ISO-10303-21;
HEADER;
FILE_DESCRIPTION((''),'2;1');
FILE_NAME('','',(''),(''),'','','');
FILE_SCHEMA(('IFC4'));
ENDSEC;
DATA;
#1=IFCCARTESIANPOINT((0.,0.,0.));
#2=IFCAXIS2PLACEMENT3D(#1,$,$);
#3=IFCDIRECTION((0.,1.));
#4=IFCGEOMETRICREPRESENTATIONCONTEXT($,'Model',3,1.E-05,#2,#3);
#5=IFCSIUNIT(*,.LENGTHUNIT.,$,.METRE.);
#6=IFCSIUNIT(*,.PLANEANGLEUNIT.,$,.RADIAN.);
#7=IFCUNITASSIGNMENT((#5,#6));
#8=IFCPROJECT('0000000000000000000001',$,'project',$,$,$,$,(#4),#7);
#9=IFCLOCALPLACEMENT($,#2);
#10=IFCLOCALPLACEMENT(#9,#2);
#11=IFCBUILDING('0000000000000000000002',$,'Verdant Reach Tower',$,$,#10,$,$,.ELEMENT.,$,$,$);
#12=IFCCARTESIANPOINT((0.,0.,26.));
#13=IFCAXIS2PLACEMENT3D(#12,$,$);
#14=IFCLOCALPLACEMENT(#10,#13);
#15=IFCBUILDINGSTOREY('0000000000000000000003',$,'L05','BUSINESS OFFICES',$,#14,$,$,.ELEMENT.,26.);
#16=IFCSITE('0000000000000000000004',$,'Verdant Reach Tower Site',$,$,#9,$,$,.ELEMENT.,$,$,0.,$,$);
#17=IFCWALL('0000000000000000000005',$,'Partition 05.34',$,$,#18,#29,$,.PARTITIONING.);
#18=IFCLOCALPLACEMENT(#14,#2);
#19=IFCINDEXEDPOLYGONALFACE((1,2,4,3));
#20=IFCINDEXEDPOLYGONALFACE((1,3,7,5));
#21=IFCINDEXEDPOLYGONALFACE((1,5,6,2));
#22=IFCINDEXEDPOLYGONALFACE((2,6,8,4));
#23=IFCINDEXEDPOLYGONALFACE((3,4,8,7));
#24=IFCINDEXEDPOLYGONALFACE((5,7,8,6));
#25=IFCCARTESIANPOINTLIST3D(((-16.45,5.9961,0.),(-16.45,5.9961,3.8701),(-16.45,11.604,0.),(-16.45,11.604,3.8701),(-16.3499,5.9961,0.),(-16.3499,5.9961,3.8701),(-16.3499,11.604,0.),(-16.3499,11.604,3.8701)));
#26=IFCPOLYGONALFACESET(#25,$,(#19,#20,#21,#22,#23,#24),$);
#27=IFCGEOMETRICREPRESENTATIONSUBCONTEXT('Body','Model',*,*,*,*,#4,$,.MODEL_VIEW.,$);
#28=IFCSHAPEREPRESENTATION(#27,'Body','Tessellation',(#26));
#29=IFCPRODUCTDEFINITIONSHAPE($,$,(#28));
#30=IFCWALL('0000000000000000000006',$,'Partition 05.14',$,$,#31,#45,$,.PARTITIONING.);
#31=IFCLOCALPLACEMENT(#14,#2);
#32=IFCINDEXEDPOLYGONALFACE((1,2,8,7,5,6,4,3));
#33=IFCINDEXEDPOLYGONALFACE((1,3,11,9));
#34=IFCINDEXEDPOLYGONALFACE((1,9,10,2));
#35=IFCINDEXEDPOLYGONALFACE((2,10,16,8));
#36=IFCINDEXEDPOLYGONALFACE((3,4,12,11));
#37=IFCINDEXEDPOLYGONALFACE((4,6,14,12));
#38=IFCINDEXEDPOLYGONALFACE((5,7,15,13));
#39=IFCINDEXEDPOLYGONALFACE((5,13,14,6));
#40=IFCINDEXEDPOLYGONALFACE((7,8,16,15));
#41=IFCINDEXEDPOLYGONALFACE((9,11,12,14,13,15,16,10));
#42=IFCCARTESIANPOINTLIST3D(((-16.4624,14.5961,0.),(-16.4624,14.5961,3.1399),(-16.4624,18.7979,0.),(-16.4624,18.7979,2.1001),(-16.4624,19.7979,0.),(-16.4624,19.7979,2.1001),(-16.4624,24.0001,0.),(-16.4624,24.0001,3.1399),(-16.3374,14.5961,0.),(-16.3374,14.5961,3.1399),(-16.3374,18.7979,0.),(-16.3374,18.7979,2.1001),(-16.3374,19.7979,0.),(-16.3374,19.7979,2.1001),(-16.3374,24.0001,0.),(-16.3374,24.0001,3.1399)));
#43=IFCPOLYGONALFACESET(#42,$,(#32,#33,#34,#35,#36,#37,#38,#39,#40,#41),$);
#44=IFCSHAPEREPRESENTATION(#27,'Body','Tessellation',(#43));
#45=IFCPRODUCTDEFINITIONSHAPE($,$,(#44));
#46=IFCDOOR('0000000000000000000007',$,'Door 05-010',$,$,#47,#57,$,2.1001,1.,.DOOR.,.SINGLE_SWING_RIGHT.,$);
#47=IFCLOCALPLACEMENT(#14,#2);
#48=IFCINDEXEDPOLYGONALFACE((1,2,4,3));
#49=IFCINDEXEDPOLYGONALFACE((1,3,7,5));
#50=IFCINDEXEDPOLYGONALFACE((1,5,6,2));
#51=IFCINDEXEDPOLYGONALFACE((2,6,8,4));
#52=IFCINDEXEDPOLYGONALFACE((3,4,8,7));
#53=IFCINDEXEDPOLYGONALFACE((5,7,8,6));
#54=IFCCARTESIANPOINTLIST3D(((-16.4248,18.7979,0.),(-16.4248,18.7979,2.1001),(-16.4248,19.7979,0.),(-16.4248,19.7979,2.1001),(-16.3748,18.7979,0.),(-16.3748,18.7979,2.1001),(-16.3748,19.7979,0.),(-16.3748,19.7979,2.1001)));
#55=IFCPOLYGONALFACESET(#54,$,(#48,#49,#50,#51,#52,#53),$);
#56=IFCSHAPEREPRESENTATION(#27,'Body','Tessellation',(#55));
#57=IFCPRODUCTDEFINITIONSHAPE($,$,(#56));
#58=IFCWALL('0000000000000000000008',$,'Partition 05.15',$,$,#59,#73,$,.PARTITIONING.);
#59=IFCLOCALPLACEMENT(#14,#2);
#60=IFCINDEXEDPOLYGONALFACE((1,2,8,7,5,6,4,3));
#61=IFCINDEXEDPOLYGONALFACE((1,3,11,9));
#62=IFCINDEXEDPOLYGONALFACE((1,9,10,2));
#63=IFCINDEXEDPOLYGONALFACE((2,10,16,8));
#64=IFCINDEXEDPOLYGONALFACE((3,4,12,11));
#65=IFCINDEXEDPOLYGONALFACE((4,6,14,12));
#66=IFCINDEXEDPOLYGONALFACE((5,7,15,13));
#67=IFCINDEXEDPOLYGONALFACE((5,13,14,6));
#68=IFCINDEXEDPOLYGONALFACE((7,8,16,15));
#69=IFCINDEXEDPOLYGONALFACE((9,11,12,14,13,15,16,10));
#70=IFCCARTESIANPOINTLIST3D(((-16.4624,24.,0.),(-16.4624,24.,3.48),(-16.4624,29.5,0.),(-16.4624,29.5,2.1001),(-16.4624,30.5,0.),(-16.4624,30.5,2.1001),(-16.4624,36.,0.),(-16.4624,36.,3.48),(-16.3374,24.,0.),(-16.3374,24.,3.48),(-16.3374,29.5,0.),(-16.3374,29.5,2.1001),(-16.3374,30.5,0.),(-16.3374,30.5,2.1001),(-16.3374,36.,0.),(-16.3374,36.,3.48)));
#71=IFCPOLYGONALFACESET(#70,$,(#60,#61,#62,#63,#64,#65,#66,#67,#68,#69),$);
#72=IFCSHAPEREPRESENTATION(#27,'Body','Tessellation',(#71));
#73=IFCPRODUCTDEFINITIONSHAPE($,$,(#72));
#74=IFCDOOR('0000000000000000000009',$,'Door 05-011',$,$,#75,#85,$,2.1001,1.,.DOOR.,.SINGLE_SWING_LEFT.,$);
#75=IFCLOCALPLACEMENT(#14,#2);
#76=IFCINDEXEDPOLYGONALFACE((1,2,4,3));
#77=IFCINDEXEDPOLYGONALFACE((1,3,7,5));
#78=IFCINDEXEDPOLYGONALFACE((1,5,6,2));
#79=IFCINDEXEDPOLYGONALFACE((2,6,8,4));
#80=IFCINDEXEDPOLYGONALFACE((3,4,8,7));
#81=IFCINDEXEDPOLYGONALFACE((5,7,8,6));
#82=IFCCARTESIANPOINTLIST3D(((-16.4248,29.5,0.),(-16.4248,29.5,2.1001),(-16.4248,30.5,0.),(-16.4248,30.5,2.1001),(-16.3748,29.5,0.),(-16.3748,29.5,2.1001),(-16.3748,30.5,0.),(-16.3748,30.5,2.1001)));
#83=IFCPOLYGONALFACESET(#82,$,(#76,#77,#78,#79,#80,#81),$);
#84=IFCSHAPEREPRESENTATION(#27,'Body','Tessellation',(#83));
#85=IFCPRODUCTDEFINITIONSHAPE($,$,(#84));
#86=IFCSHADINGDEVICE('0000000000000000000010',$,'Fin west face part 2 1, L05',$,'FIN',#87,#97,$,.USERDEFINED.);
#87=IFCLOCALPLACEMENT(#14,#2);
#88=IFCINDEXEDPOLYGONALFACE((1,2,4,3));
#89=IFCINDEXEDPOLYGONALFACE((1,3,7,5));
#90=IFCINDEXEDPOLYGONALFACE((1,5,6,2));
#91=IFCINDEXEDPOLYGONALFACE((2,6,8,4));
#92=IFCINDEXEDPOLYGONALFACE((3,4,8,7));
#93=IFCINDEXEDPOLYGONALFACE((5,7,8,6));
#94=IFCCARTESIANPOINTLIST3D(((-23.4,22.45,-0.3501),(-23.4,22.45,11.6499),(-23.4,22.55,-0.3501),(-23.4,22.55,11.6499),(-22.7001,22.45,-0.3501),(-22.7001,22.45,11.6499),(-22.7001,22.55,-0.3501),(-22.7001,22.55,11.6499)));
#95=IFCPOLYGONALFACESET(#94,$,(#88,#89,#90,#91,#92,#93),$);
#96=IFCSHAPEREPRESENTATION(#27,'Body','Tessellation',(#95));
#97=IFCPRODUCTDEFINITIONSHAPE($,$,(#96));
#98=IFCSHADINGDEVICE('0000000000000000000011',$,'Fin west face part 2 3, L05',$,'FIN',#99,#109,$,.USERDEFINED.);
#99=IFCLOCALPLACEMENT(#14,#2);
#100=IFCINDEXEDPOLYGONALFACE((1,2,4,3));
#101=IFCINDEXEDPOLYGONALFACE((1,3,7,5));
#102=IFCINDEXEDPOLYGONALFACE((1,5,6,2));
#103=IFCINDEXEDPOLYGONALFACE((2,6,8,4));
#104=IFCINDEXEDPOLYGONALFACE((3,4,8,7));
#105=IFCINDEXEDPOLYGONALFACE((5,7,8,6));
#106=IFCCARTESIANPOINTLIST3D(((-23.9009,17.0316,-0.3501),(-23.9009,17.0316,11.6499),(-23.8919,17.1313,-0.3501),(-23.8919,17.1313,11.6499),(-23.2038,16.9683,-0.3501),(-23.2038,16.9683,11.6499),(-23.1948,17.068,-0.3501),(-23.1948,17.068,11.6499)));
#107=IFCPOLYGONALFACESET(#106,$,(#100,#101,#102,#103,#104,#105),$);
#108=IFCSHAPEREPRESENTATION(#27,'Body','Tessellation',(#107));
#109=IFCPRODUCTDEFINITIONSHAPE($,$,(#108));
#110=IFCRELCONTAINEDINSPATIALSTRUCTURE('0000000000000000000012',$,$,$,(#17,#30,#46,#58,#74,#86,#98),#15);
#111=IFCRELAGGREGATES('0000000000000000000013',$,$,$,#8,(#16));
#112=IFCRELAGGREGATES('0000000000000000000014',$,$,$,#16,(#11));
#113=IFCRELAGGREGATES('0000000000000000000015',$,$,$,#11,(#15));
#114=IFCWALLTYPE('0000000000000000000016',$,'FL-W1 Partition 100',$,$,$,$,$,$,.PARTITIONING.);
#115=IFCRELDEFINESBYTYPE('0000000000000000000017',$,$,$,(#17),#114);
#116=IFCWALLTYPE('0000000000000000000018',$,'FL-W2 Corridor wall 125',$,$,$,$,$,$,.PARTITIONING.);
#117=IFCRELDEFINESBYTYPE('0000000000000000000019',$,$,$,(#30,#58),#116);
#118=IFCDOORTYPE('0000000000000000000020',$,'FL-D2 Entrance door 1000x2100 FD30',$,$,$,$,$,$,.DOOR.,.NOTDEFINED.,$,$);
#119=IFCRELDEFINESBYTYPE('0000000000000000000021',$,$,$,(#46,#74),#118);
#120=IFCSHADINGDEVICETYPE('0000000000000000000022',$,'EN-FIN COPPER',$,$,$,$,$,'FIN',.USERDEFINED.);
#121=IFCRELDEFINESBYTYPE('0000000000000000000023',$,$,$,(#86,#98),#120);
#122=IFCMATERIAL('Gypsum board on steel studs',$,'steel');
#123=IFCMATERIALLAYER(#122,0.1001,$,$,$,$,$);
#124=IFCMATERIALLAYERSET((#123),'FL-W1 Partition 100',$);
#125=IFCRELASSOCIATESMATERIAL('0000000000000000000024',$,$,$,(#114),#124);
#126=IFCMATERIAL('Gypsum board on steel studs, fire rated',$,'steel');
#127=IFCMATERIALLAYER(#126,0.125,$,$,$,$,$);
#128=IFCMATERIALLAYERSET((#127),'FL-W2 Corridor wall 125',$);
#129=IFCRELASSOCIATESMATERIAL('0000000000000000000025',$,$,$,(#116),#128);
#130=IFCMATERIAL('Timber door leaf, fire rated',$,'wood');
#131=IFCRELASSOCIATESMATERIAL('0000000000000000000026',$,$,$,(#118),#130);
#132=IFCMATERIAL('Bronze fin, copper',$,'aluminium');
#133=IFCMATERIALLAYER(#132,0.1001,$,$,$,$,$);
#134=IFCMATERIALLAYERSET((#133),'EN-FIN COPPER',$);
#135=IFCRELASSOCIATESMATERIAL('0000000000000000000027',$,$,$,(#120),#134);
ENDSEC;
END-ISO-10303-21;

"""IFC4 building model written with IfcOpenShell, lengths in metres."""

from ifc_helpers import new_model, si_unit, direction, frame, frame_2d, origin, origin_2d, place, context, subcontext, project, spatial, rectangle, extrude, material, layer, layer_set, type_object, element, fill, save


model = new_model("IFC4")

# Units and contexts
model_context = context("Model", 3, precision=1e-05, world=origin(), true_north=direction((0.0, 1.0)))
body_context = subcontext(model_context, "Body", "Model", "MODEL_VIEW")
ifc_project = project(units=[si_unit("LENGTHUNIT", "METRE"), si_unit("PLANEANGLEUNIT", "RADIAN")], contexts=[model_context])

# Site, building, storey
site_placement = place(None, origin())
site = spatial("IfcSite", under=ifc_project, at=site_placement, Name="Verdant Reach Tower Site", CompositionType="ELEMENT", RefElevation=0.0)
building_placement = place(site_placement, origin())
building = spatial("IfcBuilding", under=site, at=building_placement, Name="Verdant Reach Tower", CompositionType="ELEMENT")
storey_placement = place(building_placement, frame((0.0, 0.0, 26.0)))
storey = spatial("IfcBuildingStorey", under=building, at=storey_placement, Name="L05", Description="BUSINESS OFFICES", CompositionType="ELEMENT", Elevation=26.0)

# Wall
ifc_material_1 = material(Name="Gypsum board on steel studs", Category="steel")
ifc_layer_1 = layer(ifc_material_1, 0.1001)
ifc_layer_set_1 = layer_set([ifc_layer_1], Name="FL-W1 Partition 100")
wall_type_1 = type_object("IfcWallType", Name="FL-W1 Partition 100", PredefinedType="PARTITIONING", material=ifc_layer_set_1)
wall_1_placement = place(storey_placement, frame((-16.3999, 11.604, 0.0), z_axis=(0.0, 0.0, 1.0), x_axis=(0.0, -1.0, 0.0)))
element("IfcWall", 1, at=wall_1_placement, inside=storey, type_object=wall_type_1, Name="Partition 05.34", PredefinedType="PARTITIONING", context=body_context, shape_type="SweptSolid", body=[
    extrude(rectangle(XDim=5.6079, YDim=0.1001, at=frame_2d((2.804, 0.0))), origin(), (0.0, 0.0, 1.0), 3.8701),
])

# Walls, openings, doors
ifc_material_2 = material(Name="Gypsum board on steel studs, fire rated", Category="steel")
ifc_layer_2 = layer(ifc_material_2, 0.125)
ifc_layer_set_2 = layer_set([ifc_layer_2], Name="FL-W2 Corridor wall 125")
wall_type_2 = type_object("IfcWallType", Name="FL-W2 Corridor wall 125", PredefinedType="PARTITIONING", material=ifc_layer_set_2)
wall_2_placement = place(storey_placement, frame((-16.3999, 14.5959, 0.0), z_axis=(0.0, 0.0, 1.0), x_axis=(0.0, 1.0, 0.0)))
wall_2 = element("IfcWall", 2, at=wall_2_placement, inside=storey, type_object=wall_type_2, Name="Partition 05.14", PredefinedType="PARTITIONING", context=body_context, shape_type="SweptSolid", body=[
    extrude(rectangle(XDim=9.4041, YDim=0.125, at=frame_2d((4.7021, 0.0))), origin(), (0.0, 0.0, 1.0), 3.1399),
])
opening_1_placement = place(wall_2_placement, frame((4.2019, 0.0, 0.0)))
opening_1 = element("IfcOpeningElement", 3, at=opening_1_placement, cuts=wall_2, PredefinedType="OPENING", context=body_context, shape_type="SweptSolid", body=[
    extrude(rectangle(XDim=1.0, YDim=2.1001, at=frame_2d((0.5, 1.05))), frame((0.0, 0.0725, 0.0), z_axis=(0.0, -1.0, 0.0), x_axis=(1.0, 0.0, 0.0)), (0.0, 0.0, 1.0), 0.145),
])
ifc_material_3 = material(Name="Timber door leaf, fire rated", Category="wood")
door_type = type_object("IfcDoorType", Name="FL-D2 Entrance door 1000x2100 FD30", OperationType="NOTDEFINED", PredefinedType="DOOR", material=ifc_material_3)
door_1_placement = place(opening_1_placement, origin())
door_1 = element("IfcDoor", 4, at=door_1_placement, inside=storey, type_object=door_type, Name="Door 05-010", OperationType="SINGLE_SWING_RIGHT", OverallHeight=2.1001, OverallWidth=1.0, PredefinedType="DOOR", context=body_context, shape_type="SweptSolid", body=[
    extrude(rectangle(XDim=1.0, YDim=2.1001, at=frame_2d((0.5, 1.05))), frame((0.0, 0.0249, 0.0), z_axis=(0.0, -1.0, 0.0), x_axis=(1.0, 0.0, 0.0)), (0.0, 0.0, 1.0), 0.05),
])
fill(opening_1, door_1)
wall_3_placement = place(storey_placement, frame((-16.3999, 24.0, 0.0), z_axis=(0.0, 0.0, 1.0), x_axis=(0.0, 1.0, 0.0)))
wall_3 = element("IfcWall", 5, at=wall_3_placement, inside=storey, type_object=wall_type_2, Name="Partition 05.15", PredefinedType="PARTITIONING", context=body_context, shape_type="SweptSolid", body=[
    extrude(rectangle(XDim=12.0, YDim=0.125, at=frame_2d((6.0, 0.0))), origin(), (0.0, 0.0, 1.0), 3.48),
])
opening_2_placement = place(wall_3_placement, frame((5.5, 0.0, 0.0)))
opening_2 = element("IfcOpeningElement", 6, at=opening_2_placement, cuts=wall_3, PredefinedType="OPENING", context=body_context, shape_type="SweptSolid", body=[
    extrude(rectangle(XDim=1.0, YDim=2.1001, at=frame_2d((0.5, 1.05))), frame((0.0, 0.0725, 0.0), z_axis=(0.0, -1.0, 0.0), x_axis=(1.0, 0.0, 0.0)), (0.0, 0.0, 1.0), 0.145),
])
door_2_placement = place(opening_2_placement, origin())
door_2 = element("IfcDoor", 7, at=door_2_placement, inside=storey, type_object=door_type, Name="Door 05-011", OperationType="SINGLE_SWING_LEFT", OverallHeight=2.1001, OverallWidth=1.0, PredefinedType="DOOR", context=body_context, shape_type="SweptSolid", body=[
    extrude(rectangle(XDim=1.0, YDim=2.1001, at=frame_2d((0.5, 1.05))), frame((0.0, 0.0249, 0.0), z_axis=(0.0, -1.0, 0.0), x_axis=(1.0, 0.0, 0.0)), (0.0, 0.0, 1.0), 0.05),
])
fill(opening_2, door_2)

# Shading devices
ifc_material_4 = material(Name="Bronze fin, copper", Category="aluminium")
ifc_layer_3 = layer(ifc_material_4, 0.1001)
ifc_layer_set_3 = layer_set([ifc_layer_3], Name="EN-FIN COPPER")
shading_device_type = type_object("IfcShadingDeviceType", Name="EN-FIN COPPER", ElementType="FIN", PredefinedType="USERDEFINED", material=ifc_layer_set_3)
for number, where, z_axis, x_axis, name in (
    (8, (-23.05, 22.5, -0.3501), (0.0, 0.0, 1.0), (0.0, -1.0, 0.0), "Fin west face part 2 1, L05"),
    (9, (-23.5479, 17.0498, -0.3501), (0.0, 0.0, 1.0), (-0.090536, -0.995893, 0.0), "Fin west face part 2 3, L05"),
):
    element("IfcShadingDevice", number, at=place(storey_placement, frame(where, z_axis=z_axis, x_axis=x_axis)), inside=storey, type_object=shading_device_type, Name=name, ObjectType="FIN", PredefinedType="USERDEFINED", context=body_context, shape_type="SweptSolid", body=[
        extrude(rectangle(XDim=0.1001, YDim=0.7, at=origin_2d()), origin(), (0.0, 0.0, 1.0), 12.0),
    ])

save(model, "model.ifc")
